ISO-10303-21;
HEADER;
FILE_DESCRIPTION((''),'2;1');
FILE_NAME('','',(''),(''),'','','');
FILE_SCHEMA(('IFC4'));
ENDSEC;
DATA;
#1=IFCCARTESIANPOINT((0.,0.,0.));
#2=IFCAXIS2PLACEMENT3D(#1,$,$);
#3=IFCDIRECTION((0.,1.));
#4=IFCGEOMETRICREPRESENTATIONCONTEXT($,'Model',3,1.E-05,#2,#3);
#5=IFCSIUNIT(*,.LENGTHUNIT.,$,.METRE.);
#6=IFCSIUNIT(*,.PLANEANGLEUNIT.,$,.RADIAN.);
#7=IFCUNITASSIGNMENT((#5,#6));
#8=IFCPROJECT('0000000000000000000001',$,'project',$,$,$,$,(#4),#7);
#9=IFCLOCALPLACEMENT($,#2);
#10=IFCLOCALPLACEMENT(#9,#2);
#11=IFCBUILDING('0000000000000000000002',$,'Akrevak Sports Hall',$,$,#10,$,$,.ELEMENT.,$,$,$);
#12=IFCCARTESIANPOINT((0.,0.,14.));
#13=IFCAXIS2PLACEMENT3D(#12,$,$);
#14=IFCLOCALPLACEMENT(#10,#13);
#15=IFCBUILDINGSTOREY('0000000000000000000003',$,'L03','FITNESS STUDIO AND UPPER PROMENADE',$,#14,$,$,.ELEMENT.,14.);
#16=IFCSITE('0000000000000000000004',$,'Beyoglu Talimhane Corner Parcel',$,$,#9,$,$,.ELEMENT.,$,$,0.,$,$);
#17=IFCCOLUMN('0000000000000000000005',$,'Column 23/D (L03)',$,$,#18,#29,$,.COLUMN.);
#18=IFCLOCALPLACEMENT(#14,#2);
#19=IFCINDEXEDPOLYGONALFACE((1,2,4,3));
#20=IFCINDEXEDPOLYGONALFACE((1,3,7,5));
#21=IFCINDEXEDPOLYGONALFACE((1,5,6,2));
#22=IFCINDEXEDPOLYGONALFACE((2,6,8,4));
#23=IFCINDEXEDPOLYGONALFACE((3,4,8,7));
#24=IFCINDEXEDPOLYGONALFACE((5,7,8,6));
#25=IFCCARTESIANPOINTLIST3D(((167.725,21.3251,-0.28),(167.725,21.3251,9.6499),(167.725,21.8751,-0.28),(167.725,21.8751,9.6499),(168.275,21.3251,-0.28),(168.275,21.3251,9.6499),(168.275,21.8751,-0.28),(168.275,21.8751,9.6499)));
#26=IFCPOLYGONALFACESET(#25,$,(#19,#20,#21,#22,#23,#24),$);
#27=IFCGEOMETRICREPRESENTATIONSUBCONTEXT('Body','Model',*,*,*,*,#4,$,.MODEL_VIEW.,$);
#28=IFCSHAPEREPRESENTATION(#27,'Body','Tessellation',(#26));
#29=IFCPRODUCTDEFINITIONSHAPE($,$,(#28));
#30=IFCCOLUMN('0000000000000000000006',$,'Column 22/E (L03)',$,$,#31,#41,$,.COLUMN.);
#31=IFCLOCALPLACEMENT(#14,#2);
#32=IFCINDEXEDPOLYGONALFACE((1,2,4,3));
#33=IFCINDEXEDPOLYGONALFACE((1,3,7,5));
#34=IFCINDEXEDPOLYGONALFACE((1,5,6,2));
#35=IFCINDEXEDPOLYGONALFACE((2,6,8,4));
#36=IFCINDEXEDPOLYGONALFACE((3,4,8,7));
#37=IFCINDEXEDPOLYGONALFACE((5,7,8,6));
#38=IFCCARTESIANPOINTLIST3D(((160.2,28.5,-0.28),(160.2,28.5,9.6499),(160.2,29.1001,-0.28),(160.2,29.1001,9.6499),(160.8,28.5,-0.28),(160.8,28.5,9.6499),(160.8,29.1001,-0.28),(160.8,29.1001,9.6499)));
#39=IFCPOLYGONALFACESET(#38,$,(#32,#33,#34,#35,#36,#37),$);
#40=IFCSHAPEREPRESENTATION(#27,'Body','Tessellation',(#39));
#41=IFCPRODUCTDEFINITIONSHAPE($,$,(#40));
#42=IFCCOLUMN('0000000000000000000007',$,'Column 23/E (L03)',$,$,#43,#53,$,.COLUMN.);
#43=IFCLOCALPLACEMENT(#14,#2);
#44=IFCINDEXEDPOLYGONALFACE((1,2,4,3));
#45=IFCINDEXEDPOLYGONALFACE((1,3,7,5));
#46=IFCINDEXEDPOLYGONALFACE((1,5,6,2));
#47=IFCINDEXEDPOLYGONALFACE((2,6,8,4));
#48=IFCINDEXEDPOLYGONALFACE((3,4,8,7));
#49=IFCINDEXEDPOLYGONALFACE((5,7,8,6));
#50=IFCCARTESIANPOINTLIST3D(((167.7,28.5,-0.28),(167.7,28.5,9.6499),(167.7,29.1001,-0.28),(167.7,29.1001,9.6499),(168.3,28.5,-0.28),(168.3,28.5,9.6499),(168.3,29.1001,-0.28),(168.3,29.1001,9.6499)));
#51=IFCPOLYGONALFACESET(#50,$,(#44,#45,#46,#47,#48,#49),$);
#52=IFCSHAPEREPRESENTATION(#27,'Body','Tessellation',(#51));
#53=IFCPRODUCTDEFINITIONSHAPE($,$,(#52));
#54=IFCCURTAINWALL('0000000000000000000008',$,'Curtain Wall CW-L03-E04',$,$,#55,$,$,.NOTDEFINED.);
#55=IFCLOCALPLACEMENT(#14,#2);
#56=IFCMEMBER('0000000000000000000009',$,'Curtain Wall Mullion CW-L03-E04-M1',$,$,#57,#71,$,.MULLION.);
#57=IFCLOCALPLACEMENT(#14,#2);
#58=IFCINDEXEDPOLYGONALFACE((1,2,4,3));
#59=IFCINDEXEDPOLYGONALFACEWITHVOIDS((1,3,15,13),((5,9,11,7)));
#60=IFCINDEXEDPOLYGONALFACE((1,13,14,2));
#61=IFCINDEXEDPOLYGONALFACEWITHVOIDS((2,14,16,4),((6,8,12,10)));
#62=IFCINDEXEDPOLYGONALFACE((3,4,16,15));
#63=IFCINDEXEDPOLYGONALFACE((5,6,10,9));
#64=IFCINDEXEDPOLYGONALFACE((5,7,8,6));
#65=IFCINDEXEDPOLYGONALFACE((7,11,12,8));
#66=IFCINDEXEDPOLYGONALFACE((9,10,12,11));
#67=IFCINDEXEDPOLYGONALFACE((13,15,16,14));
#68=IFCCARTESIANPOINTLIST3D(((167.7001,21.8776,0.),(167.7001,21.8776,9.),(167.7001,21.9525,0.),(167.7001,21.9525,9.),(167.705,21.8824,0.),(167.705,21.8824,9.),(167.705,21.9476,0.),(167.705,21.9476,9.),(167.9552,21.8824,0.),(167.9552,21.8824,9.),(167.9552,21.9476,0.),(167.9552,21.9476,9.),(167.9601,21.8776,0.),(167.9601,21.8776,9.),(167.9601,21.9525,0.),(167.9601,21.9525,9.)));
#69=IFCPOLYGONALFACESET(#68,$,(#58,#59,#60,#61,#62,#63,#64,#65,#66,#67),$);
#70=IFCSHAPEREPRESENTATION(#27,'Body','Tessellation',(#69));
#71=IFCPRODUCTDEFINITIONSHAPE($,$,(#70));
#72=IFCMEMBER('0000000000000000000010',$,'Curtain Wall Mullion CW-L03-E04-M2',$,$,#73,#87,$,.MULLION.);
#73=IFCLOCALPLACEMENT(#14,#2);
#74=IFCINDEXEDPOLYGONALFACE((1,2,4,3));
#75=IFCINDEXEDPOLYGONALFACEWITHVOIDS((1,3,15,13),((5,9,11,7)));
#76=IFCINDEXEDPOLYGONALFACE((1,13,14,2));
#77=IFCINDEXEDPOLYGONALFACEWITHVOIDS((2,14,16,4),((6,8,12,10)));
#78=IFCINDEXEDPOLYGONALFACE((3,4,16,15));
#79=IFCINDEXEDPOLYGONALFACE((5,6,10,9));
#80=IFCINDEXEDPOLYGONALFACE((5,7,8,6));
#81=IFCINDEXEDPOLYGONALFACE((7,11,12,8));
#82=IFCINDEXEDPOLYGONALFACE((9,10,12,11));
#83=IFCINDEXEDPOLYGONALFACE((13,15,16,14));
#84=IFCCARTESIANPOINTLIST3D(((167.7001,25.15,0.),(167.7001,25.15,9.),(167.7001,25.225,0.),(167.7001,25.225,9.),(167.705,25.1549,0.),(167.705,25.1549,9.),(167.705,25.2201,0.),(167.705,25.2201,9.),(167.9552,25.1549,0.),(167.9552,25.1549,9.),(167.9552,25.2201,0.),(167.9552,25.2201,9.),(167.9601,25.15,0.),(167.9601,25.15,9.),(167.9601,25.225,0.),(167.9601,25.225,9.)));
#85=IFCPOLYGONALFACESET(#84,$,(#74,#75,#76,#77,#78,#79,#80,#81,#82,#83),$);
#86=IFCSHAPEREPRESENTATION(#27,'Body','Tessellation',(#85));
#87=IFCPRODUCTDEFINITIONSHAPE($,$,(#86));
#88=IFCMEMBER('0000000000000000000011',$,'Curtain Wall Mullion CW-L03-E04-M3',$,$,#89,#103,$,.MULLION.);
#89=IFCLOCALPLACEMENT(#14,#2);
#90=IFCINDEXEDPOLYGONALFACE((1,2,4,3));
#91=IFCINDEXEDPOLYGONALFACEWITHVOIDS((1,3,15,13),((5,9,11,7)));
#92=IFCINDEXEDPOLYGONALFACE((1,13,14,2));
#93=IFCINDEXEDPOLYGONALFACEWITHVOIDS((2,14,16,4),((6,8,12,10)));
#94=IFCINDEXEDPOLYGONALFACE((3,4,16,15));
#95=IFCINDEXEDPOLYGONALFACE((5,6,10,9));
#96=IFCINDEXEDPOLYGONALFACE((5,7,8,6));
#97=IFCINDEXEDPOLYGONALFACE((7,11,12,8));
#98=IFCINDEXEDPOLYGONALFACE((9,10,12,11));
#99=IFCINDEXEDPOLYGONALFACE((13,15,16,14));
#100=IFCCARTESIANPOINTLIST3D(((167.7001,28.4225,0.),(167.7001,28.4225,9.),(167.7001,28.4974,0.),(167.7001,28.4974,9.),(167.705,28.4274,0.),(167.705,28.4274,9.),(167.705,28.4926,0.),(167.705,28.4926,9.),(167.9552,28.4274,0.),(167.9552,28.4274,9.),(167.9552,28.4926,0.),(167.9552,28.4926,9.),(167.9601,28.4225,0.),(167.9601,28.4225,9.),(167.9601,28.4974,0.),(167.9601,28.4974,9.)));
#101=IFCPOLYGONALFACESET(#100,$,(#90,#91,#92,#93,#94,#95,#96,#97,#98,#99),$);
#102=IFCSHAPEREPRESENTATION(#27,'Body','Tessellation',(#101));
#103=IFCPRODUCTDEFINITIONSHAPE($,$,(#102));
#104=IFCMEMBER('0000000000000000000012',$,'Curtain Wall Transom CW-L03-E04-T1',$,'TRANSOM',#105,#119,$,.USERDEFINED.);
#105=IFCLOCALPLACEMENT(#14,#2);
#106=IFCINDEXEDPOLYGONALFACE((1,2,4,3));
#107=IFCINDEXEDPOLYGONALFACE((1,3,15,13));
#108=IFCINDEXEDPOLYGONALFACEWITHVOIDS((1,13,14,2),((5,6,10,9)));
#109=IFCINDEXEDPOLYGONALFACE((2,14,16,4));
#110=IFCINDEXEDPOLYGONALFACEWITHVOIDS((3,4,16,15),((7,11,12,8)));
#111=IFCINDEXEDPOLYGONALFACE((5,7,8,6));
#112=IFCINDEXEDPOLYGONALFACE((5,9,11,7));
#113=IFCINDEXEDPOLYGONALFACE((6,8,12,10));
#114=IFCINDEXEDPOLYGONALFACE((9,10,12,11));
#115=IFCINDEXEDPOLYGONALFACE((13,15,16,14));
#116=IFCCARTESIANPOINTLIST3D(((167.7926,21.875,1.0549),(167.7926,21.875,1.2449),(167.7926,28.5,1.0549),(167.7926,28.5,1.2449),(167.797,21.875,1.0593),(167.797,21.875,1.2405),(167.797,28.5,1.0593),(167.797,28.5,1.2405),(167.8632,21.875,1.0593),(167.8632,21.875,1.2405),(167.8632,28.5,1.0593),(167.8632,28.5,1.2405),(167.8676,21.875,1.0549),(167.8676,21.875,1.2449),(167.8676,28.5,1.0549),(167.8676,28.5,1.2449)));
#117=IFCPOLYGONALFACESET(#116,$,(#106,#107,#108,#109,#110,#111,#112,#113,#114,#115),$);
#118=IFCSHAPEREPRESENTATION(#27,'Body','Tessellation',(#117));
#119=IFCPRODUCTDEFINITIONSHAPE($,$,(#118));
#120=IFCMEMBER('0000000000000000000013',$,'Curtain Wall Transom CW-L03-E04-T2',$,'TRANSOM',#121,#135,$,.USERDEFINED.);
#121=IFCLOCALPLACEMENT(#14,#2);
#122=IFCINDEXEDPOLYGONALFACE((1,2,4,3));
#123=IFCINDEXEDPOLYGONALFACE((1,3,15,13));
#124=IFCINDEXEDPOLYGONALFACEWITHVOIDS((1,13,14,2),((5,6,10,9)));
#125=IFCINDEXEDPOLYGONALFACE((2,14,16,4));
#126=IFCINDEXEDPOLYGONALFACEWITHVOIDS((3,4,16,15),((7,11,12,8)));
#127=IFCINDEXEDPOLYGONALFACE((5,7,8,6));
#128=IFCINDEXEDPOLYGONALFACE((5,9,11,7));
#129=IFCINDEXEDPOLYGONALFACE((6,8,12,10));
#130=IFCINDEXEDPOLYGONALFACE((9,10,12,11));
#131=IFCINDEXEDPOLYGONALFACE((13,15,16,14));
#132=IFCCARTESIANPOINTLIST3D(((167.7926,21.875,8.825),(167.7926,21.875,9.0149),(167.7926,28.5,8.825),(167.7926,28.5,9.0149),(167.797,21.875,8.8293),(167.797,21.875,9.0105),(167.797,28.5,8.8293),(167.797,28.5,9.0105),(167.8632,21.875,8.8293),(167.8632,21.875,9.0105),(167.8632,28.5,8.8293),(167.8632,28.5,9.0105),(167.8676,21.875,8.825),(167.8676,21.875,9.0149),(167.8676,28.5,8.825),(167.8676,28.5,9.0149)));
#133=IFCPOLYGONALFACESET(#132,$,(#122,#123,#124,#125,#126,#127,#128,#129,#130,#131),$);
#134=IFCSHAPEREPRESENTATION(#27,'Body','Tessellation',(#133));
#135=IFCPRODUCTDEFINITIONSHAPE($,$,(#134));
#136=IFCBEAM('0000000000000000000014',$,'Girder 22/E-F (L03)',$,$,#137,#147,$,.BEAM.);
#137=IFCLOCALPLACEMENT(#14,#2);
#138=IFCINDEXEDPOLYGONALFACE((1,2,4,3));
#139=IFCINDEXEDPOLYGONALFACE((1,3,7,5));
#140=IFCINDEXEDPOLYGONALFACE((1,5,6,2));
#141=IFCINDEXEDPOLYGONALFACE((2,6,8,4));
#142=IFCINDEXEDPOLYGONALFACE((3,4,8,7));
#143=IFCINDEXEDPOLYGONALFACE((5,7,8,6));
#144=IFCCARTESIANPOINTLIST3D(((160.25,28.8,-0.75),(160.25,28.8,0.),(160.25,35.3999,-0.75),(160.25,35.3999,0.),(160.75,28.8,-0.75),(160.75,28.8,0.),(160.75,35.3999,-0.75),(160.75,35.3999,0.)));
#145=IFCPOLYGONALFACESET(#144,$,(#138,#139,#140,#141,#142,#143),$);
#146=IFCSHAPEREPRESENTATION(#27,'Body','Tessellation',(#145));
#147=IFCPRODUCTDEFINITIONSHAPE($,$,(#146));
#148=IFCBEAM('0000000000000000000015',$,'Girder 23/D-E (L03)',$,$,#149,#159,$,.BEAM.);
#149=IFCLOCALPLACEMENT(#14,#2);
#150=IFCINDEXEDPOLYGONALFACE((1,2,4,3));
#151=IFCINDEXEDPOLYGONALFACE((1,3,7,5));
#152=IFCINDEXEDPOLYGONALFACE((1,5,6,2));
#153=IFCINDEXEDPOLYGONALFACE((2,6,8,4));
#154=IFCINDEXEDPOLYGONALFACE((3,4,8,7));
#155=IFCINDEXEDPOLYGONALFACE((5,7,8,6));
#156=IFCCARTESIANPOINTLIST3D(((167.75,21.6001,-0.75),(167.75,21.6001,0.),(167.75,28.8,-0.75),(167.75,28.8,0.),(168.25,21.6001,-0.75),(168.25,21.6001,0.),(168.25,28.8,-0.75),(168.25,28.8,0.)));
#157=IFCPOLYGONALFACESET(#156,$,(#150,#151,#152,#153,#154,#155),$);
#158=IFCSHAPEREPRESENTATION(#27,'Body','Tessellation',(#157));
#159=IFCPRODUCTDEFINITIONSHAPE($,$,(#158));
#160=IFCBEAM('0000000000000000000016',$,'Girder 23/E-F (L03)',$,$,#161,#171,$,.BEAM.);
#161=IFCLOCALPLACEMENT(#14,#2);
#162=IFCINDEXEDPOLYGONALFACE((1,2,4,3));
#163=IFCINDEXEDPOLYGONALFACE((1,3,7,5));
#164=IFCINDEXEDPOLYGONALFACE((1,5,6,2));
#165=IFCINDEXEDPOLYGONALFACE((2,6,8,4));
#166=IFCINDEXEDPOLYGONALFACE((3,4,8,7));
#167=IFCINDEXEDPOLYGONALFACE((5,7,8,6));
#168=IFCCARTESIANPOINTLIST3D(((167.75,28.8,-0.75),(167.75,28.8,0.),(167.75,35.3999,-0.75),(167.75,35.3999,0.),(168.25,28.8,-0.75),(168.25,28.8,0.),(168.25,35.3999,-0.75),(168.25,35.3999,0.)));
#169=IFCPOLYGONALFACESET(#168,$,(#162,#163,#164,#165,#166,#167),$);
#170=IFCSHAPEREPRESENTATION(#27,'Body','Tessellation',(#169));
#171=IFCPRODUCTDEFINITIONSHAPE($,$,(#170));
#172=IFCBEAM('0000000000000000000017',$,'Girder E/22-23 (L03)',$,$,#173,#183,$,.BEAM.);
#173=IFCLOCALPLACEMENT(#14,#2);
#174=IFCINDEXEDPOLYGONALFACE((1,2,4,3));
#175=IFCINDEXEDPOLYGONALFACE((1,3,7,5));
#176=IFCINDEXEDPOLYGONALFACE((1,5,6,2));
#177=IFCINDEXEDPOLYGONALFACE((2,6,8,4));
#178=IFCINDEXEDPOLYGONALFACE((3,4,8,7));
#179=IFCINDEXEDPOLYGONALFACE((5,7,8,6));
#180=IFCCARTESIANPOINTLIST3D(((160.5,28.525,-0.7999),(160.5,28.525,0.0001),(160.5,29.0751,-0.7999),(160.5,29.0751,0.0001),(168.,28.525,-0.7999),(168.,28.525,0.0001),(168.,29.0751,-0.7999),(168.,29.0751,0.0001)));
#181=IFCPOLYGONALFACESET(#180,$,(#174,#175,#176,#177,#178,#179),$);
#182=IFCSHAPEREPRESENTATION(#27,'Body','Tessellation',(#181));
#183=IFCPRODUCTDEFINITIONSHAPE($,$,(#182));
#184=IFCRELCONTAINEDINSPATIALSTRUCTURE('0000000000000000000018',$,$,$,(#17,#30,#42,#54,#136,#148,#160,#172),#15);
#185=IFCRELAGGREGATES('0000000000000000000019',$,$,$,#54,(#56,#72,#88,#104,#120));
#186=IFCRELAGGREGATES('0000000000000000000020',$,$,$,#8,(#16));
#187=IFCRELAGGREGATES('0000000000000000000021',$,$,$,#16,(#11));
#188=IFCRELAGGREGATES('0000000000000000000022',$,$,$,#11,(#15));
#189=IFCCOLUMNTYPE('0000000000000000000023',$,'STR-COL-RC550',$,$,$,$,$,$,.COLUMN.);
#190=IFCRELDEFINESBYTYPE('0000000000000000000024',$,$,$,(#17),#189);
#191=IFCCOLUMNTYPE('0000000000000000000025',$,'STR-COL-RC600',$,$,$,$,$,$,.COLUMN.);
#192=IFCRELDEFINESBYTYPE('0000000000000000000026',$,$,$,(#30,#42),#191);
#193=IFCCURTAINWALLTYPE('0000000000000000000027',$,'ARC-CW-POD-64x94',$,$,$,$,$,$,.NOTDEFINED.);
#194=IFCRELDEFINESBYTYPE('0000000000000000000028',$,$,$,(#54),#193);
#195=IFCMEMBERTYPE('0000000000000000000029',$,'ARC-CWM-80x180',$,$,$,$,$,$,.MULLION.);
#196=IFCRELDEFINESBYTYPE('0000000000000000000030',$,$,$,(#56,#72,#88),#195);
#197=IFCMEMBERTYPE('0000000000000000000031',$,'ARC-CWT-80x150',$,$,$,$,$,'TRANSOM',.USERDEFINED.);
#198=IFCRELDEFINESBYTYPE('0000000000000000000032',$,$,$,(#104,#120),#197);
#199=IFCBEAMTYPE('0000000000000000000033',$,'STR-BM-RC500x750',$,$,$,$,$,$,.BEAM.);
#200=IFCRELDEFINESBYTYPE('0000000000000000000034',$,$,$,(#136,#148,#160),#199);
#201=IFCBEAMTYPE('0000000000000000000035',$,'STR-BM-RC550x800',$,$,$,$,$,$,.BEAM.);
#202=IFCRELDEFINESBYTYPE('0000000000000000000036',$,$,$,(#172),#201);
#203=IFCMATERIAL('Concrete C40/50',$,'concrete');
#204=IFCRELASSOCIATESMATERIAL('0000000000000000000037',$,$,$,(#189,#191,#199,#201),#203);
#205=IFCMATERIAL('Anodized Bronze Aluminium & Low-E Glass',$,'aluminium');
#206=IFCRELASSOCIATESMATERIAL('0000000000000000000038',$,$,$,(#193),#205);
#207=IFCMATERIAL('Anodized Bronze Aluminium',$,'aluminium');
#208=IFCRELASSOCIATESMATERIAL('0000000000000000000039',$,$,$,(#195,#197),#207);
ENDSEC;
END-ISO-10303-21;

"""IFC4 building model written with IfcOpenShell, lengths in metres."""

from ifc_helpers import new_model, si_unit, direction, frame, origin, origin_2d, place, context, subcontext, project, spatial, rectangle, hollow_rectangle, extrude, material, material_profile, profile_set, type_object, element, aggregate, save


model = new_model("IFC4")

# Units and contexts
model_context = context("Model", 3, precision=1e-05, world=origin(), true_north=direction((0.0, 1.0)))
body_context = subcontext(model_context, "Body", "Model", "MODEL_VIEW")
ifc_project = project(units=[si_unit("LENGTHUNIT", "METRE"), si_unit("PLANEANGLEUNIT", "RADIAN")], contexts=[model_context])

# Site, building, storey
site_placement = place(None, origin())
site = spatial("IfcSite", under=ifc_project, at=site_placement, Name="Beyoglu Talimhane Corner Parcel", CompositionType="ELEMENT", RefElevation=0.0)
building_placement = place(site_placement, origin())
building = spatial("IfcBuilding", under=site, at=building_placement, Name="Akrevak Sports Hall", CompositionType="ELEMENT")
storey_placement = place(building_placement, frame((0.0, 0.0, 14.0)))
storey = spatial("IfcBuildingStorey", under=building, at=storey_placement, Name="L03", Description="FITNESS STUDIO AND UPPER PROMENADE", CompositionType="ELEMENT", Elevation=14.0)

# Columns
ifc_material_1 = material(Name="Concrete C40/50", Category="concrete")
ifc_material_profile_1 = material_profile(ifc_material_1, rectangle(XDim=0.55, YDim=0.55, at=origin_2d()), Name="RC 550x550", Category="concrete")
ifc_profile_set_1 = profile_set([ifc_material_profile_1], Name="Concrete C40/50")
column_type_1 = type_object("IfcColumnType", Name="STR-COL-RC550", PredefinedType="COLUMN", material=ifc_profile_set_1)
column_placement = place(storey_placement, frame((168.0, 21.6001, -0.28), z_axis=(0.0, 0.0, 1.0), x_axis=(1.0, 0.0, 0.0)))
element("IfcColumn", 1, at=column_placement, inside=storey, type_object=column_type_1, Name="Column 23/D (L03)", PredefinedType="COLUMN", context=body_context, shape_type="SweptSolid", body=[
    extrude(rectangle(XDim=0.55, YDim=0.55, at=origin_2d()), origin(), (0.0, 0.0, 1.0), 9.9299),
])
ifc_material_profile_2 = material_profile(ifc_material_1, rectangle(XDim=0.6001, YDim=0.6001, at=origin_2d()), Name="RC 600x600", Category="concrete")
ifc_profile_set_2 = profile_set([ifc_material_profile_2], Name="Concrete C40/50")
column_type_2 = type_object("IfcColumnType", Name="STR-COL-RC600", PredefinedType="COLUMN", material=ifc_profile_set_2)
for number, where, z_axis, x_axis, name in (
    (2, (160.5, 28.8, -0.28), (0.0, 0.0, 1.0), (1.0, 0.0, 0.0), "Column 22/E (L03)"),
    (3, (168.0, 28.8, -0.28), (0.0, 0.0, 1.0), (1.0, 0.0, 0.0), "Column 23/E (L03)"),
):
    element("IfcColumn", number, at=place(storey_placement, frame(where, z_axis=z_axis, x_axis=x_axis)), inside=storey, type_object=column_type_2, Name=name, PredefinedType="COLUMN", context=body_context, shape_type="SweptSolid", body=[
        extrude(rectangle(XDim=0.6001, YDim=0.6001, at=origin_2d()), origin(), (0.0, 0.0, 1.0), 9.9299),
    ])

# Curtain wall, members
ifc_material_2 = material(Name="Anodized Bronze Aluminium & Low-E Glass", Category="aluminium")
curtain_wall_type = type_object("IfcCurtainWallType", Name="ARC-CW-POD-64x94", PredefinedType="NOTDEFINED", material=ifc_material_2)
curtain_wall_placement = place(storey_placement, origin())
curtain_wall = element("IfcCurtainWall", 4, at=curtain_wall_placement, inside=storey, type_object=curtain_wall_type, Name="Curtain Wall CW-L03-E04", PredefinedType="NOTDEFINED")
ifc_material_3 = material(Name="Anodized Bronze Aluminium", Category="aluminium")
ifc_material_profile_3 = material_profile(ifc_material_3, hollow_rectangle(XDim=0.075, YDim=0.26, WallThickness=0.0049, at=origin_2d()), Name="CWM 75x260", Category="aluminium")
ifc_profile_set_3 = profile_set([ifc_material_profile_3], Name="Anodized Bronze Aluminium")
member_type_1 = type_object("IfcMemberType", Name="ARC-CWM-80x180", PredefinedType="MULLION", material=ifc_profile_set_3)
member_1_placement = place(storey_placement, frame((167.8301, 21.915, 0.0), z_axis=(0.0, 0.0, 1.0), x_axis=(0.0, 1.0, 0.0)))
member_1 = element("IfcMember", 5, at=member_1_placement, type_object=member_type_1, Name="Curtain Wall Mullion CW-L03-E04-M1", PredefinedType="MULLION", context=body_context, shape_type="SweptSolid", body=[
    extrude(hollow_rectangle(XDim=0.075, YDim=0.26, WallThickness=0.0049, at=origin_2d()), origin(), (0.0, 0.0, 1.0), 9.0),
])
member_2_placement = place(storey_placement, frame((167.8301, 25.1875, 0.0), z_axis=(0.0, 0.0, 1.0), x_axis=(0.0, 1.0, 0.0)))
member_2 = element("IfcMember", 6, at=member_2_placement, type_object=member_type_1, Name="Curtain Wall Mullion CW-L03-E04-M2", PredefinedType="MULLION", context=body_context, shape_type="SweptSolid", body=[
    extrude(hollow_rectangle(XDim=0.075, YDim=0.26, WallThickness=0.0049, at=origin_2d()), origin(), (0.0, 0.0, 1.0), 9.0),
])
member_3_placement = place(storey_placement, frame((167.8301, 28.46, 0.0), z_axis=(0.0, 0.0, 1.0), x_axis=(0.0, 1.0, 0.0)))
member_3 = element("IfcMember", 7, at=member_3_placement, type_object=member_type_1, Name="Curtain Wall Mullion CW-L03-E04-M3", PredefinedType="MULLION", context=body_context, shape_type="SweptSolid", body=[
    extrude(hollow_rectangle(XDim=0.075, YDim=0.26, WallThickness=0.0049, at=origin_2d()), origin(), (0.0, 0.0, 1.0), 9.0),
])
ifc_material_profile_4 = material_profile(ifc_material_3, hollow_rectangle(XDim=0.075, YDim=0.1899, WallThickness=0.0044, at=origin_2d()), Name="CWT 75x190", Category="aluminium")
ifc_profile_set_4 = profile_set([ifc_material_profile_4], Name="Anodized Bronze Aluminium")
member_type_2 = type_object("IfcMemberType", Name="ARC-CWT-80x150", ElementType="TRANSOM", PredefinedType="USERDEFINED", material=ifc_profile_set_4)
member_4_placement = place(storey_placement, frame((167.8301, 21.875, 1.1499), z_axis=(0.0, 1.0, 0.0), x_axis=(-1.0, 0.0, 0.0)))
member_4 = element("IfcMember", 8, at=member_4_placement, type_object=member_type_2, Name="Curtain Wall Transom CW-L03-E04-T1", ObjectType="TRANSOM", PredefinedType="USERDEFINED", context=body_context, shape_type="SweptSolid", body=[
    extrude(hollow_rectangle(XDim=0.075, YDim=0.1899, WallThickness=0.0044, at=origin_2d()), origin(), (0.0, 0.0, 1.0), 6.625),
])
member_5_placement = place(storey_placement, frame((167.8301, 21.875, 8.9199), z_axis=(0.0, 1.0, 0.0), x_axis=(-1.0, 0.0, 0.0)))
member_5 = element("IfcMember", 9, at=member_5_placement, type_object=member_type_2, Name="Curtain Wall Transom CW-L03-E04-T2", ObjectType="TRANSOM", PredefinedType="USERDEFINED", context=body_context, shape_type="SweptSolid", body=[
    extrude(hollow_rectangle(XDim=0.075, YDim=0.1899, WallThickness=0.0044, at=origin_2d()), origin(), (0.0, 0.0, 1.0), 6.625),
])

# Beams
ifc_material_profile_5 = material_profile(ifc_material_1, rectangle(XDim=0.5, YDim=0.75, at=origin_2d()), Name="BM 500x750", Category="concrete")
ifc_profile_set_5 = profile_set([ifc_material_profile_5], Name="Concrete C40/50")
beam_type_1 = type_object("IfcBeamType", Name="STR-BM-RC500x750", PredefinedType="BEAM", material=ifc_profile_set_5)
beam_1_placement = place(storey_placement, frame((160.5, 28.8, -0.375), z_axis=(0.0, 1.0, 0.0), x_axis=(-1.0, 0.0, 0.0)))
element("IfcBeam", 10, at=beam_1_placement, inside=storey, type_object=beam_type_1, Name="Girder 22/E-F (L03)", PredefinedType="BEAM", context=body_context, shape_type="SweptSolid", body=[
    extrude(rectangle(XDim=0.5, YDim=0.75, at=origin_2d()), origin(), (0.0, 0.0, 1.0), 6.5999),
])
beam_2_placement = place(storey_placement, frame((168.0, 21.6001, -0.375), z_axis=(0.0, 1.0, 0.0), x_axis=(-1.0, 0.0, 0.0)))
element("IfcBeam", 11, at=beam_2_placement, inside=storey, type_object=beam_type_1, Name="Girder 23/D-E (L03)", PredefinedType="BEAM", context=body_context, shape_type="SweptSolid", body=[
    extrude(rectangle(XDim=0.5, YDim=0.75, at=origin_2d()), origin(), (0.0, 0.0, 1.0), 7.2),
])
beam_3_placement = place(storey_placement, frame((168.0, 28.8, -0.375), z_axis=(0.0, 1.0, 0.0), x_axis=(-1.0, 0.0, 0.0)))
element("IfcBeam", 12, at=beam_3_placement, inside=storey, type_object=beam_type_1, Name="Girder 23/E-F (L03)", PredefinedType="BEAM", context=body_context, shape_type="SweptSolid", body=[
    extrude(rectangle(XDim=0.5, YDim=0.75, at=origin_2d()), origin(), (0.0, 0.0, 1.0), 6.5999),
])
ifc_material_profile_6 = material_profile(ifc_material_1, rectangle(XDim=0.55, YDim=0.8, at=origin_2d()), Name="BM 550x800", Category="concrete")
ifc_profile_set_6 = profile_set([ifc_material_profile_6], Name="Concrete C40/50")
beam_type_2 = type_object("IfcBeamType", Name="STR-BM-RC550x800", PredefinedType="BEAM", material=ifc_profile_set_6)
beam_4_placement = place(storey_placement, frame((160.5, 28.8, -0.3999), z_axis=(1.0, 0.0, 0.0), x_axis=(0.0, 1.0, 0.0)))
element("IfcBeam", 13, at=beam_4_placement, inside=storey, type_object=beam_type_2, Name="Girder E/22-23 (L03)", PredefinedType="BEAM", context=body_context, shape_type="SweptSolid", body=[
    extrude(rectangle(XDim=0.55, YDim=0.8, at=origin_2d()), origin(), (0.0, 0.0, 1.0), 7.5),
])

aggregate(curtain_wall, [member_1, member_2, member_3, member_4, member_5])

save(model, "model.ifc")
